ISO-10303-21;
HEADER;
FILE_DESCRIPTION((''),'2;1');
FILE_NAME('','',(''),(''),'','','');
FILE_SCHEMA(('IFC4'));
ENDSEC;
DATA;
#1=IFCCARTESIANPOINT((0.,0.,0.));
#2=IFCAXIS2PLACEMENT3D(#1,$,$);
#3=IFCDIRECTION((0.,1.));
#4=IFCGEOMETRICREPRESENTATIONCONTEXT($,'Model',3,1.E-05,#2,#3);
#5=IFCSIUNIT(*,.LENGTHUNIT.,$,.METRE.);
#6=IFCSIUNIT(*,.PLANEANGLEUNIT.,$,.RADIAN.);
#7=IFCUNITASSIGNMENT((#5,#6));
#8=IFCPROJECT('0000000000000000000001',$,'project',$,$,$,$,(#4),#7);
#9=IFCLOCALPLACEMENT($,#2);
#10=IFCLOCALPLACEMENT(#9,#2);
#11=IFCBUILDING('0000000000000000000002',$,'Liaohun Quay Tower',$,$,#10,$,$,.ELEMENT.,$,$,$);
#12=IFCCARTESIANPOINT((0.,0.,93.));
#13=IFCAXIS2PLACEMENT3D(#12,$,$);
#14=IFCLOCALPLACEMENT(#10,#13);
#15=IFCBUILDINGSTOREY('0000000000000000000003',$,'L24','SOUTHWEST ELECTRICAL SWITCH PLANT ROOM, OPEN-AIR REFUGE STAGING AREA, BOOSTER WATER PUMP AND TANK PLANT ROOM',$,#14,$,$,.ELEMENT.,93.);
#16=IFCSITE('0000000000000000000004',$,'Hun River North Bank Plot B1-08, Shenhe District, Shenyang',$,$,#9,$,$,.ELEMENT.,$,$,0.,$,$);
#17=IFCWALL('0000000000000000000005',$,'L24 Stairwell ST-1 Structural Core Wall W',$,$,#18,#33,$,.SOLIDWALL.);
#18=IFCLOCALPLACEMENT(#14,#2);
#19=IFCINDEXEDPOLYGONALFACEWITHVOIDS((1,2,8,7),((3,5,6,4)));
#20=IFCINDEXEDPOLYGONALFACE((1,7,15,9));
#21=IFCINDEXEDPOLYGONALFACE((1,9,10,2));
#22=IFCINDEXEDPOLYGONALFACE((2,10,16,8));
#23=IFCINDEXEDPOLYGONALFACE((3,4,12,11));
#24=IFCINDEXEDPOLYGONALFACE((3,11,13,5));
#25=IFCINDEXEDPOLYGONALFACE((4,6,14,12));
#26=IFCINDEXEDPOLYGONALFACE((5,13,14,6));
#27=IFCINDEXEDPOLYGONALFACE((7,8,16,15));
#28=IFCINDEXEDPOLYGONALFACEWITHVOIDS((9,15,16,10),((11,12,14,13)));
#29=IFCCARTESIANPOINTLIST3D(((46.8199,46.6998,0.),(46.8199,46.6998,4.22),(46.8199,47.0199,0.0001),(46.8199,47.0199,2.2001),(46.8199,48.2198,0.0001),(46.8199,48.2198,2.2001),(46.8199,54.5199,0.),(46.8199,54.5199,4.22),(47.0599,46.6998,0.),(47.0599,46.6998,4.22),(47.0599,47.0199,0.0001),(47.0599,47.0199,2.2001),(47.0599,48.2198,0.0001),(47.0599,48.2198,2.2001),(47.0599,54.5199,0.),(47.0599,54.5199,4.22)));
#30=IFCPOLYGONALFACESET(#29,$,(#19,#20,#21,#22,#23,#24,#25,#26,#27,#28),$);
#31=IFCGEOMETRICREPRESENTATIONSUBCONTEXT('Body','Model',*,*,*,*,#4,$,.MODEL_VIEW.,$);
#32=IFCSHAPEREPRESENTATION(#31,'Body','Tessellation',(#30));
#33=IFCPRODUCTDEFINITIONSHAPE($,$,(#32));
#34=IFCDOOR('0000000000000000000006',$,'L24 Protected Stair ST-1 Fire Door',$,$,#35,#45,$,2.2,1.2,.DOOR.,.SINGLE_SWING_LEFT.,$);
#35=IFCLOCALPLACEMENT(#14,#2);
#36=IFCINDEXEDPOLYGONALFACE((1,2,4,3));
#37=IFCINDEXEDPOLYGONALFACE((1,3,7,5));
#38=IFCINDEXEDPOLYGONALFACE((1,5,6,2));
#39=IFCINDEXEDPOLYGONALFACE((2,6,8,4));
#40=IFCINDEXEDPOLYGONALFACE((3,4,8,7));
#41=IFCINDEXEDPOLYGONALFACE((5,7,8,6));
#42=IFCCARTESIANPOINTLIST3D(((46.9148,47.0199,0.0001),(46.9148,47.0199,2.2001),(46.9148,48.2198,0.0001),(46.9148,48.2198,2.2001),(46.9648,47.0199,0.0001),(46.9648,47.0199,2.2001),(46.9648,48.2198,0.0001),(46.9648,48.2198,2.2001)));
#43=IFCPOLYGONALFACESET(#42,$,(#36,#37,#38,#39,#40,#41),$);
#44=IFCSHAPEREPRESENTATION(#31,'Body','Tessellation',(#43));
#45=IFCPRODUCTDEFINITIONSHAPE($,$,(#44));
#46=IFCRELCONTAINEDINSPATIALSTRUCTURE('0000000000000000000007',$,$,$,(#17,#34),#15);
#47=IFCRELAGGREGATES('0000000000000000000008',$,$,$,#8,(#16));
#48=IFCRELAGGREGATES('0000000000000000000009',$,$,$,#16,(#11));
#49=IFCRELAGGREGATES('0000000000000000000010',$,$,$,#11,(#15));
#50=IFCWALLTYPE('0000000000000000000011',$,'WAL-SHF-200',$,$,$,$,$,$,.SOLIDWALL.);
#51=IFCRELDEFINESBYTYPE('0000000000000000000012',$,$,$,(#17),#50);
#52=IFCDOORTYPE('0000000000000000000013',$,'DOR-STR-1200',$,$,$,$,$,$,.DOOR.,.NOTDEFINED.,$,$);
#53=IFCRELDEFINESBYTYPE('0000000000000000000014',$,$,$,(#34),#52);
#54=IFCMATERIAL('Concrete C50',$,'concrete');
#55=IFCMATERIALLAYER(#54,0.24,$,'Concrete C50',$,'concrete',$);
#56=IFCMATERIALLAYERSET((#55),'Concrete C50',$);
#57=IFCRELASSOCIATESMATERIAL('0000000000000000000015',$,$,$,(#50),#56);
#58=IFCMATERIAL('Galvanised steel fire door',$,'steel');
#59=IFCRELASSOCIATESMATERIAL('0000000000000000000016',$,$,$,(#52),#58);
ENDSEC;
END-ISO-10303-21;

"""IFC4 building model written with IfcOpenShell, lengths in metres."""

from ifc_helpers import new_model, si_unit, direction, frame, frame_2d, origin, place, context, subcontext, project, spatial, rectangle, extrude, source, transform, mapped, material, layer, layer_set, type_object, element, fill, save


model = new_model("IFC4")

# Units and contexts
model_context = context("Model", 3, precision=1e-05, world=origin(), true_north=direction((0.0, 1.0)))
body_context = subcontext(model_context, "Body", "Model", "MODEL_VIEW")
ifc_project = project(units=[si_unit("LENGTHUNIT", "METRE"), si_unit("PLANEANGLEUNIT", "RADIAN")], contexts=[model_context])

# Site, building, storey
site_placement = place(None, origin())
site = spatial("IfcSite", under=ifc_project, at=site_placement, Name="Hun River North Bank Plot B1-08, Shenhe District, Shenyang", CompositionType="ELEMENT", RefElevation=0.0)
building_placement = place(site_placement, origin())
building = spatial("IfcBuilding", under=site, at=building_placement, Name="Liaohun Quay Tower", CompositionType="ELEMENT")
storey_placement = place(building_placement, frame((0.0, 0.0, 93.0)))
storey = spatial("IfcBuildingStorey", under=building, at=storey_placement, Name="L24", Description="SOUTHWEST ELECTRICAL SWITCH PLANT ROOM, OPEN-AIR REFUGE STAGING AREA, BOOSTER WATER PUMP AND TANK PLANT ROOM", CompositionType="ELEMENT", Elevation=93.0)

# Shared definitions
ifc_material_1 = material(Name="Concrete C50", Category="concrete")
ifc_layer_1 = layer(ifc_material_1, 0.24, Name="Concrete C50", Category="concrete")
ifc_layer_set_1 = layer_set([ifc_layer_1], Name="Concrete C50")
wall_type_1 = type_object("IfcWallType", Name="WAL-SHF-200", PredefinedType="SOLIDWALL", material=ifc_layer_set_1)

# Wall, opening, door
wall_1_placement = place(storey_placement, frame((46.9399, 54.52, 0.0), z_axis=(0.0, 0.0, 1.0), x_axis=(0.0, -1.0, 0.0)))
wall_1 = element("IfcWall", 1, at=wall_1_placement, inside=storey, type_object=wall_type_1, Name="L24 Stairwell ST-1 Structural Core Wall W", PredefinedType="SOLIDWALL", context=body_context, shape_type="SweptSolid", body=[
    extrude(rectangle(XDim=7.8201, YDim=0.24, at=frame_2d((3.9102, 0.0))), origin(), (0.0, 0.0, 1.0), 4.22),
])
shared_shape_1 = source(origin(), body_context, "Body", "SweptSolid", [
    extrude(rectangle(XDim=1.2, YDim=2.2, at=frame_2d((0.6001, 1.1001))), frame((0.0, 0.1299, 0.0), z_axis=(0.0, -1.0, 0.0), x_axis=(1.0, 0.0, 0.0)), (0.0, 0.0, 1.0), 0.26),
])
opening_1_placement = place(wall_1_placement, frame((6.3, 0.0, 0.0)))
opening_1 = element("IfcOpeningElement", 2, at=opening_1_placement, cuts=wall_1, PredefinedType="OPENING", context=body_context, shape_type="MappedRepresentation", body=[
    mapped(shared_shape_1, transform((0.0, 0.0, 0.0), x_axis=(1.0, 0.0, 0.0), y_axis=(0.0, 1.0, 0.0), z_axis=(0.0, 0.0, 1.0), scale=1.0)),
])
ifc_material_2 = material(Name="Galvanised steel fire door", Category="steel")
door_type_1 = type_object("IfcDoorType", Name="DOR-STR-1200", OperationType="NOTDEFINED", PredefinedType="DOOR", material=ifc_material_2)
shared_shape_2 = source(origin(), body_context, "Body", "SweptSolid", [
    extrude(rectangle(XDim=1.2, YDim=2.2, at=frame_2d((0.6001, 1.1001))), frame((0.0, 0.0249, 0.0), z_axis=(0.0, -1.0, 0.0), x_axis=(1.0, 0.0, 0.0)), (0.0, 0.0, 1.0), 0.05),
])
door_1_placement = place(opening_1_placement, origin())
door_1 = element("IfcDoor", 3, at=door_1_placement, inside=storey, type_object=door_type_1, Name="L24 Protected Stair ST-1 Fire Door", OperationType="SINGLE_SWING_LEFT", OverallHeight=2.2, OverallWidth=1.2, PredefinedType="DOOR", context=body_context, shape_type="MappedRepresentation", body=[
    mapped(shared_shape_2, transform((0.0, 0.0, 0.0), x_axis=(1.0, 0.0, 0.0), y_axis=(0.0, 1.0, 0.0), z_axis=(0.0, 0.0, 1.0), scale=1.0)),
])
fill(opening_1, door_1)

save(model, "model.ifc")
